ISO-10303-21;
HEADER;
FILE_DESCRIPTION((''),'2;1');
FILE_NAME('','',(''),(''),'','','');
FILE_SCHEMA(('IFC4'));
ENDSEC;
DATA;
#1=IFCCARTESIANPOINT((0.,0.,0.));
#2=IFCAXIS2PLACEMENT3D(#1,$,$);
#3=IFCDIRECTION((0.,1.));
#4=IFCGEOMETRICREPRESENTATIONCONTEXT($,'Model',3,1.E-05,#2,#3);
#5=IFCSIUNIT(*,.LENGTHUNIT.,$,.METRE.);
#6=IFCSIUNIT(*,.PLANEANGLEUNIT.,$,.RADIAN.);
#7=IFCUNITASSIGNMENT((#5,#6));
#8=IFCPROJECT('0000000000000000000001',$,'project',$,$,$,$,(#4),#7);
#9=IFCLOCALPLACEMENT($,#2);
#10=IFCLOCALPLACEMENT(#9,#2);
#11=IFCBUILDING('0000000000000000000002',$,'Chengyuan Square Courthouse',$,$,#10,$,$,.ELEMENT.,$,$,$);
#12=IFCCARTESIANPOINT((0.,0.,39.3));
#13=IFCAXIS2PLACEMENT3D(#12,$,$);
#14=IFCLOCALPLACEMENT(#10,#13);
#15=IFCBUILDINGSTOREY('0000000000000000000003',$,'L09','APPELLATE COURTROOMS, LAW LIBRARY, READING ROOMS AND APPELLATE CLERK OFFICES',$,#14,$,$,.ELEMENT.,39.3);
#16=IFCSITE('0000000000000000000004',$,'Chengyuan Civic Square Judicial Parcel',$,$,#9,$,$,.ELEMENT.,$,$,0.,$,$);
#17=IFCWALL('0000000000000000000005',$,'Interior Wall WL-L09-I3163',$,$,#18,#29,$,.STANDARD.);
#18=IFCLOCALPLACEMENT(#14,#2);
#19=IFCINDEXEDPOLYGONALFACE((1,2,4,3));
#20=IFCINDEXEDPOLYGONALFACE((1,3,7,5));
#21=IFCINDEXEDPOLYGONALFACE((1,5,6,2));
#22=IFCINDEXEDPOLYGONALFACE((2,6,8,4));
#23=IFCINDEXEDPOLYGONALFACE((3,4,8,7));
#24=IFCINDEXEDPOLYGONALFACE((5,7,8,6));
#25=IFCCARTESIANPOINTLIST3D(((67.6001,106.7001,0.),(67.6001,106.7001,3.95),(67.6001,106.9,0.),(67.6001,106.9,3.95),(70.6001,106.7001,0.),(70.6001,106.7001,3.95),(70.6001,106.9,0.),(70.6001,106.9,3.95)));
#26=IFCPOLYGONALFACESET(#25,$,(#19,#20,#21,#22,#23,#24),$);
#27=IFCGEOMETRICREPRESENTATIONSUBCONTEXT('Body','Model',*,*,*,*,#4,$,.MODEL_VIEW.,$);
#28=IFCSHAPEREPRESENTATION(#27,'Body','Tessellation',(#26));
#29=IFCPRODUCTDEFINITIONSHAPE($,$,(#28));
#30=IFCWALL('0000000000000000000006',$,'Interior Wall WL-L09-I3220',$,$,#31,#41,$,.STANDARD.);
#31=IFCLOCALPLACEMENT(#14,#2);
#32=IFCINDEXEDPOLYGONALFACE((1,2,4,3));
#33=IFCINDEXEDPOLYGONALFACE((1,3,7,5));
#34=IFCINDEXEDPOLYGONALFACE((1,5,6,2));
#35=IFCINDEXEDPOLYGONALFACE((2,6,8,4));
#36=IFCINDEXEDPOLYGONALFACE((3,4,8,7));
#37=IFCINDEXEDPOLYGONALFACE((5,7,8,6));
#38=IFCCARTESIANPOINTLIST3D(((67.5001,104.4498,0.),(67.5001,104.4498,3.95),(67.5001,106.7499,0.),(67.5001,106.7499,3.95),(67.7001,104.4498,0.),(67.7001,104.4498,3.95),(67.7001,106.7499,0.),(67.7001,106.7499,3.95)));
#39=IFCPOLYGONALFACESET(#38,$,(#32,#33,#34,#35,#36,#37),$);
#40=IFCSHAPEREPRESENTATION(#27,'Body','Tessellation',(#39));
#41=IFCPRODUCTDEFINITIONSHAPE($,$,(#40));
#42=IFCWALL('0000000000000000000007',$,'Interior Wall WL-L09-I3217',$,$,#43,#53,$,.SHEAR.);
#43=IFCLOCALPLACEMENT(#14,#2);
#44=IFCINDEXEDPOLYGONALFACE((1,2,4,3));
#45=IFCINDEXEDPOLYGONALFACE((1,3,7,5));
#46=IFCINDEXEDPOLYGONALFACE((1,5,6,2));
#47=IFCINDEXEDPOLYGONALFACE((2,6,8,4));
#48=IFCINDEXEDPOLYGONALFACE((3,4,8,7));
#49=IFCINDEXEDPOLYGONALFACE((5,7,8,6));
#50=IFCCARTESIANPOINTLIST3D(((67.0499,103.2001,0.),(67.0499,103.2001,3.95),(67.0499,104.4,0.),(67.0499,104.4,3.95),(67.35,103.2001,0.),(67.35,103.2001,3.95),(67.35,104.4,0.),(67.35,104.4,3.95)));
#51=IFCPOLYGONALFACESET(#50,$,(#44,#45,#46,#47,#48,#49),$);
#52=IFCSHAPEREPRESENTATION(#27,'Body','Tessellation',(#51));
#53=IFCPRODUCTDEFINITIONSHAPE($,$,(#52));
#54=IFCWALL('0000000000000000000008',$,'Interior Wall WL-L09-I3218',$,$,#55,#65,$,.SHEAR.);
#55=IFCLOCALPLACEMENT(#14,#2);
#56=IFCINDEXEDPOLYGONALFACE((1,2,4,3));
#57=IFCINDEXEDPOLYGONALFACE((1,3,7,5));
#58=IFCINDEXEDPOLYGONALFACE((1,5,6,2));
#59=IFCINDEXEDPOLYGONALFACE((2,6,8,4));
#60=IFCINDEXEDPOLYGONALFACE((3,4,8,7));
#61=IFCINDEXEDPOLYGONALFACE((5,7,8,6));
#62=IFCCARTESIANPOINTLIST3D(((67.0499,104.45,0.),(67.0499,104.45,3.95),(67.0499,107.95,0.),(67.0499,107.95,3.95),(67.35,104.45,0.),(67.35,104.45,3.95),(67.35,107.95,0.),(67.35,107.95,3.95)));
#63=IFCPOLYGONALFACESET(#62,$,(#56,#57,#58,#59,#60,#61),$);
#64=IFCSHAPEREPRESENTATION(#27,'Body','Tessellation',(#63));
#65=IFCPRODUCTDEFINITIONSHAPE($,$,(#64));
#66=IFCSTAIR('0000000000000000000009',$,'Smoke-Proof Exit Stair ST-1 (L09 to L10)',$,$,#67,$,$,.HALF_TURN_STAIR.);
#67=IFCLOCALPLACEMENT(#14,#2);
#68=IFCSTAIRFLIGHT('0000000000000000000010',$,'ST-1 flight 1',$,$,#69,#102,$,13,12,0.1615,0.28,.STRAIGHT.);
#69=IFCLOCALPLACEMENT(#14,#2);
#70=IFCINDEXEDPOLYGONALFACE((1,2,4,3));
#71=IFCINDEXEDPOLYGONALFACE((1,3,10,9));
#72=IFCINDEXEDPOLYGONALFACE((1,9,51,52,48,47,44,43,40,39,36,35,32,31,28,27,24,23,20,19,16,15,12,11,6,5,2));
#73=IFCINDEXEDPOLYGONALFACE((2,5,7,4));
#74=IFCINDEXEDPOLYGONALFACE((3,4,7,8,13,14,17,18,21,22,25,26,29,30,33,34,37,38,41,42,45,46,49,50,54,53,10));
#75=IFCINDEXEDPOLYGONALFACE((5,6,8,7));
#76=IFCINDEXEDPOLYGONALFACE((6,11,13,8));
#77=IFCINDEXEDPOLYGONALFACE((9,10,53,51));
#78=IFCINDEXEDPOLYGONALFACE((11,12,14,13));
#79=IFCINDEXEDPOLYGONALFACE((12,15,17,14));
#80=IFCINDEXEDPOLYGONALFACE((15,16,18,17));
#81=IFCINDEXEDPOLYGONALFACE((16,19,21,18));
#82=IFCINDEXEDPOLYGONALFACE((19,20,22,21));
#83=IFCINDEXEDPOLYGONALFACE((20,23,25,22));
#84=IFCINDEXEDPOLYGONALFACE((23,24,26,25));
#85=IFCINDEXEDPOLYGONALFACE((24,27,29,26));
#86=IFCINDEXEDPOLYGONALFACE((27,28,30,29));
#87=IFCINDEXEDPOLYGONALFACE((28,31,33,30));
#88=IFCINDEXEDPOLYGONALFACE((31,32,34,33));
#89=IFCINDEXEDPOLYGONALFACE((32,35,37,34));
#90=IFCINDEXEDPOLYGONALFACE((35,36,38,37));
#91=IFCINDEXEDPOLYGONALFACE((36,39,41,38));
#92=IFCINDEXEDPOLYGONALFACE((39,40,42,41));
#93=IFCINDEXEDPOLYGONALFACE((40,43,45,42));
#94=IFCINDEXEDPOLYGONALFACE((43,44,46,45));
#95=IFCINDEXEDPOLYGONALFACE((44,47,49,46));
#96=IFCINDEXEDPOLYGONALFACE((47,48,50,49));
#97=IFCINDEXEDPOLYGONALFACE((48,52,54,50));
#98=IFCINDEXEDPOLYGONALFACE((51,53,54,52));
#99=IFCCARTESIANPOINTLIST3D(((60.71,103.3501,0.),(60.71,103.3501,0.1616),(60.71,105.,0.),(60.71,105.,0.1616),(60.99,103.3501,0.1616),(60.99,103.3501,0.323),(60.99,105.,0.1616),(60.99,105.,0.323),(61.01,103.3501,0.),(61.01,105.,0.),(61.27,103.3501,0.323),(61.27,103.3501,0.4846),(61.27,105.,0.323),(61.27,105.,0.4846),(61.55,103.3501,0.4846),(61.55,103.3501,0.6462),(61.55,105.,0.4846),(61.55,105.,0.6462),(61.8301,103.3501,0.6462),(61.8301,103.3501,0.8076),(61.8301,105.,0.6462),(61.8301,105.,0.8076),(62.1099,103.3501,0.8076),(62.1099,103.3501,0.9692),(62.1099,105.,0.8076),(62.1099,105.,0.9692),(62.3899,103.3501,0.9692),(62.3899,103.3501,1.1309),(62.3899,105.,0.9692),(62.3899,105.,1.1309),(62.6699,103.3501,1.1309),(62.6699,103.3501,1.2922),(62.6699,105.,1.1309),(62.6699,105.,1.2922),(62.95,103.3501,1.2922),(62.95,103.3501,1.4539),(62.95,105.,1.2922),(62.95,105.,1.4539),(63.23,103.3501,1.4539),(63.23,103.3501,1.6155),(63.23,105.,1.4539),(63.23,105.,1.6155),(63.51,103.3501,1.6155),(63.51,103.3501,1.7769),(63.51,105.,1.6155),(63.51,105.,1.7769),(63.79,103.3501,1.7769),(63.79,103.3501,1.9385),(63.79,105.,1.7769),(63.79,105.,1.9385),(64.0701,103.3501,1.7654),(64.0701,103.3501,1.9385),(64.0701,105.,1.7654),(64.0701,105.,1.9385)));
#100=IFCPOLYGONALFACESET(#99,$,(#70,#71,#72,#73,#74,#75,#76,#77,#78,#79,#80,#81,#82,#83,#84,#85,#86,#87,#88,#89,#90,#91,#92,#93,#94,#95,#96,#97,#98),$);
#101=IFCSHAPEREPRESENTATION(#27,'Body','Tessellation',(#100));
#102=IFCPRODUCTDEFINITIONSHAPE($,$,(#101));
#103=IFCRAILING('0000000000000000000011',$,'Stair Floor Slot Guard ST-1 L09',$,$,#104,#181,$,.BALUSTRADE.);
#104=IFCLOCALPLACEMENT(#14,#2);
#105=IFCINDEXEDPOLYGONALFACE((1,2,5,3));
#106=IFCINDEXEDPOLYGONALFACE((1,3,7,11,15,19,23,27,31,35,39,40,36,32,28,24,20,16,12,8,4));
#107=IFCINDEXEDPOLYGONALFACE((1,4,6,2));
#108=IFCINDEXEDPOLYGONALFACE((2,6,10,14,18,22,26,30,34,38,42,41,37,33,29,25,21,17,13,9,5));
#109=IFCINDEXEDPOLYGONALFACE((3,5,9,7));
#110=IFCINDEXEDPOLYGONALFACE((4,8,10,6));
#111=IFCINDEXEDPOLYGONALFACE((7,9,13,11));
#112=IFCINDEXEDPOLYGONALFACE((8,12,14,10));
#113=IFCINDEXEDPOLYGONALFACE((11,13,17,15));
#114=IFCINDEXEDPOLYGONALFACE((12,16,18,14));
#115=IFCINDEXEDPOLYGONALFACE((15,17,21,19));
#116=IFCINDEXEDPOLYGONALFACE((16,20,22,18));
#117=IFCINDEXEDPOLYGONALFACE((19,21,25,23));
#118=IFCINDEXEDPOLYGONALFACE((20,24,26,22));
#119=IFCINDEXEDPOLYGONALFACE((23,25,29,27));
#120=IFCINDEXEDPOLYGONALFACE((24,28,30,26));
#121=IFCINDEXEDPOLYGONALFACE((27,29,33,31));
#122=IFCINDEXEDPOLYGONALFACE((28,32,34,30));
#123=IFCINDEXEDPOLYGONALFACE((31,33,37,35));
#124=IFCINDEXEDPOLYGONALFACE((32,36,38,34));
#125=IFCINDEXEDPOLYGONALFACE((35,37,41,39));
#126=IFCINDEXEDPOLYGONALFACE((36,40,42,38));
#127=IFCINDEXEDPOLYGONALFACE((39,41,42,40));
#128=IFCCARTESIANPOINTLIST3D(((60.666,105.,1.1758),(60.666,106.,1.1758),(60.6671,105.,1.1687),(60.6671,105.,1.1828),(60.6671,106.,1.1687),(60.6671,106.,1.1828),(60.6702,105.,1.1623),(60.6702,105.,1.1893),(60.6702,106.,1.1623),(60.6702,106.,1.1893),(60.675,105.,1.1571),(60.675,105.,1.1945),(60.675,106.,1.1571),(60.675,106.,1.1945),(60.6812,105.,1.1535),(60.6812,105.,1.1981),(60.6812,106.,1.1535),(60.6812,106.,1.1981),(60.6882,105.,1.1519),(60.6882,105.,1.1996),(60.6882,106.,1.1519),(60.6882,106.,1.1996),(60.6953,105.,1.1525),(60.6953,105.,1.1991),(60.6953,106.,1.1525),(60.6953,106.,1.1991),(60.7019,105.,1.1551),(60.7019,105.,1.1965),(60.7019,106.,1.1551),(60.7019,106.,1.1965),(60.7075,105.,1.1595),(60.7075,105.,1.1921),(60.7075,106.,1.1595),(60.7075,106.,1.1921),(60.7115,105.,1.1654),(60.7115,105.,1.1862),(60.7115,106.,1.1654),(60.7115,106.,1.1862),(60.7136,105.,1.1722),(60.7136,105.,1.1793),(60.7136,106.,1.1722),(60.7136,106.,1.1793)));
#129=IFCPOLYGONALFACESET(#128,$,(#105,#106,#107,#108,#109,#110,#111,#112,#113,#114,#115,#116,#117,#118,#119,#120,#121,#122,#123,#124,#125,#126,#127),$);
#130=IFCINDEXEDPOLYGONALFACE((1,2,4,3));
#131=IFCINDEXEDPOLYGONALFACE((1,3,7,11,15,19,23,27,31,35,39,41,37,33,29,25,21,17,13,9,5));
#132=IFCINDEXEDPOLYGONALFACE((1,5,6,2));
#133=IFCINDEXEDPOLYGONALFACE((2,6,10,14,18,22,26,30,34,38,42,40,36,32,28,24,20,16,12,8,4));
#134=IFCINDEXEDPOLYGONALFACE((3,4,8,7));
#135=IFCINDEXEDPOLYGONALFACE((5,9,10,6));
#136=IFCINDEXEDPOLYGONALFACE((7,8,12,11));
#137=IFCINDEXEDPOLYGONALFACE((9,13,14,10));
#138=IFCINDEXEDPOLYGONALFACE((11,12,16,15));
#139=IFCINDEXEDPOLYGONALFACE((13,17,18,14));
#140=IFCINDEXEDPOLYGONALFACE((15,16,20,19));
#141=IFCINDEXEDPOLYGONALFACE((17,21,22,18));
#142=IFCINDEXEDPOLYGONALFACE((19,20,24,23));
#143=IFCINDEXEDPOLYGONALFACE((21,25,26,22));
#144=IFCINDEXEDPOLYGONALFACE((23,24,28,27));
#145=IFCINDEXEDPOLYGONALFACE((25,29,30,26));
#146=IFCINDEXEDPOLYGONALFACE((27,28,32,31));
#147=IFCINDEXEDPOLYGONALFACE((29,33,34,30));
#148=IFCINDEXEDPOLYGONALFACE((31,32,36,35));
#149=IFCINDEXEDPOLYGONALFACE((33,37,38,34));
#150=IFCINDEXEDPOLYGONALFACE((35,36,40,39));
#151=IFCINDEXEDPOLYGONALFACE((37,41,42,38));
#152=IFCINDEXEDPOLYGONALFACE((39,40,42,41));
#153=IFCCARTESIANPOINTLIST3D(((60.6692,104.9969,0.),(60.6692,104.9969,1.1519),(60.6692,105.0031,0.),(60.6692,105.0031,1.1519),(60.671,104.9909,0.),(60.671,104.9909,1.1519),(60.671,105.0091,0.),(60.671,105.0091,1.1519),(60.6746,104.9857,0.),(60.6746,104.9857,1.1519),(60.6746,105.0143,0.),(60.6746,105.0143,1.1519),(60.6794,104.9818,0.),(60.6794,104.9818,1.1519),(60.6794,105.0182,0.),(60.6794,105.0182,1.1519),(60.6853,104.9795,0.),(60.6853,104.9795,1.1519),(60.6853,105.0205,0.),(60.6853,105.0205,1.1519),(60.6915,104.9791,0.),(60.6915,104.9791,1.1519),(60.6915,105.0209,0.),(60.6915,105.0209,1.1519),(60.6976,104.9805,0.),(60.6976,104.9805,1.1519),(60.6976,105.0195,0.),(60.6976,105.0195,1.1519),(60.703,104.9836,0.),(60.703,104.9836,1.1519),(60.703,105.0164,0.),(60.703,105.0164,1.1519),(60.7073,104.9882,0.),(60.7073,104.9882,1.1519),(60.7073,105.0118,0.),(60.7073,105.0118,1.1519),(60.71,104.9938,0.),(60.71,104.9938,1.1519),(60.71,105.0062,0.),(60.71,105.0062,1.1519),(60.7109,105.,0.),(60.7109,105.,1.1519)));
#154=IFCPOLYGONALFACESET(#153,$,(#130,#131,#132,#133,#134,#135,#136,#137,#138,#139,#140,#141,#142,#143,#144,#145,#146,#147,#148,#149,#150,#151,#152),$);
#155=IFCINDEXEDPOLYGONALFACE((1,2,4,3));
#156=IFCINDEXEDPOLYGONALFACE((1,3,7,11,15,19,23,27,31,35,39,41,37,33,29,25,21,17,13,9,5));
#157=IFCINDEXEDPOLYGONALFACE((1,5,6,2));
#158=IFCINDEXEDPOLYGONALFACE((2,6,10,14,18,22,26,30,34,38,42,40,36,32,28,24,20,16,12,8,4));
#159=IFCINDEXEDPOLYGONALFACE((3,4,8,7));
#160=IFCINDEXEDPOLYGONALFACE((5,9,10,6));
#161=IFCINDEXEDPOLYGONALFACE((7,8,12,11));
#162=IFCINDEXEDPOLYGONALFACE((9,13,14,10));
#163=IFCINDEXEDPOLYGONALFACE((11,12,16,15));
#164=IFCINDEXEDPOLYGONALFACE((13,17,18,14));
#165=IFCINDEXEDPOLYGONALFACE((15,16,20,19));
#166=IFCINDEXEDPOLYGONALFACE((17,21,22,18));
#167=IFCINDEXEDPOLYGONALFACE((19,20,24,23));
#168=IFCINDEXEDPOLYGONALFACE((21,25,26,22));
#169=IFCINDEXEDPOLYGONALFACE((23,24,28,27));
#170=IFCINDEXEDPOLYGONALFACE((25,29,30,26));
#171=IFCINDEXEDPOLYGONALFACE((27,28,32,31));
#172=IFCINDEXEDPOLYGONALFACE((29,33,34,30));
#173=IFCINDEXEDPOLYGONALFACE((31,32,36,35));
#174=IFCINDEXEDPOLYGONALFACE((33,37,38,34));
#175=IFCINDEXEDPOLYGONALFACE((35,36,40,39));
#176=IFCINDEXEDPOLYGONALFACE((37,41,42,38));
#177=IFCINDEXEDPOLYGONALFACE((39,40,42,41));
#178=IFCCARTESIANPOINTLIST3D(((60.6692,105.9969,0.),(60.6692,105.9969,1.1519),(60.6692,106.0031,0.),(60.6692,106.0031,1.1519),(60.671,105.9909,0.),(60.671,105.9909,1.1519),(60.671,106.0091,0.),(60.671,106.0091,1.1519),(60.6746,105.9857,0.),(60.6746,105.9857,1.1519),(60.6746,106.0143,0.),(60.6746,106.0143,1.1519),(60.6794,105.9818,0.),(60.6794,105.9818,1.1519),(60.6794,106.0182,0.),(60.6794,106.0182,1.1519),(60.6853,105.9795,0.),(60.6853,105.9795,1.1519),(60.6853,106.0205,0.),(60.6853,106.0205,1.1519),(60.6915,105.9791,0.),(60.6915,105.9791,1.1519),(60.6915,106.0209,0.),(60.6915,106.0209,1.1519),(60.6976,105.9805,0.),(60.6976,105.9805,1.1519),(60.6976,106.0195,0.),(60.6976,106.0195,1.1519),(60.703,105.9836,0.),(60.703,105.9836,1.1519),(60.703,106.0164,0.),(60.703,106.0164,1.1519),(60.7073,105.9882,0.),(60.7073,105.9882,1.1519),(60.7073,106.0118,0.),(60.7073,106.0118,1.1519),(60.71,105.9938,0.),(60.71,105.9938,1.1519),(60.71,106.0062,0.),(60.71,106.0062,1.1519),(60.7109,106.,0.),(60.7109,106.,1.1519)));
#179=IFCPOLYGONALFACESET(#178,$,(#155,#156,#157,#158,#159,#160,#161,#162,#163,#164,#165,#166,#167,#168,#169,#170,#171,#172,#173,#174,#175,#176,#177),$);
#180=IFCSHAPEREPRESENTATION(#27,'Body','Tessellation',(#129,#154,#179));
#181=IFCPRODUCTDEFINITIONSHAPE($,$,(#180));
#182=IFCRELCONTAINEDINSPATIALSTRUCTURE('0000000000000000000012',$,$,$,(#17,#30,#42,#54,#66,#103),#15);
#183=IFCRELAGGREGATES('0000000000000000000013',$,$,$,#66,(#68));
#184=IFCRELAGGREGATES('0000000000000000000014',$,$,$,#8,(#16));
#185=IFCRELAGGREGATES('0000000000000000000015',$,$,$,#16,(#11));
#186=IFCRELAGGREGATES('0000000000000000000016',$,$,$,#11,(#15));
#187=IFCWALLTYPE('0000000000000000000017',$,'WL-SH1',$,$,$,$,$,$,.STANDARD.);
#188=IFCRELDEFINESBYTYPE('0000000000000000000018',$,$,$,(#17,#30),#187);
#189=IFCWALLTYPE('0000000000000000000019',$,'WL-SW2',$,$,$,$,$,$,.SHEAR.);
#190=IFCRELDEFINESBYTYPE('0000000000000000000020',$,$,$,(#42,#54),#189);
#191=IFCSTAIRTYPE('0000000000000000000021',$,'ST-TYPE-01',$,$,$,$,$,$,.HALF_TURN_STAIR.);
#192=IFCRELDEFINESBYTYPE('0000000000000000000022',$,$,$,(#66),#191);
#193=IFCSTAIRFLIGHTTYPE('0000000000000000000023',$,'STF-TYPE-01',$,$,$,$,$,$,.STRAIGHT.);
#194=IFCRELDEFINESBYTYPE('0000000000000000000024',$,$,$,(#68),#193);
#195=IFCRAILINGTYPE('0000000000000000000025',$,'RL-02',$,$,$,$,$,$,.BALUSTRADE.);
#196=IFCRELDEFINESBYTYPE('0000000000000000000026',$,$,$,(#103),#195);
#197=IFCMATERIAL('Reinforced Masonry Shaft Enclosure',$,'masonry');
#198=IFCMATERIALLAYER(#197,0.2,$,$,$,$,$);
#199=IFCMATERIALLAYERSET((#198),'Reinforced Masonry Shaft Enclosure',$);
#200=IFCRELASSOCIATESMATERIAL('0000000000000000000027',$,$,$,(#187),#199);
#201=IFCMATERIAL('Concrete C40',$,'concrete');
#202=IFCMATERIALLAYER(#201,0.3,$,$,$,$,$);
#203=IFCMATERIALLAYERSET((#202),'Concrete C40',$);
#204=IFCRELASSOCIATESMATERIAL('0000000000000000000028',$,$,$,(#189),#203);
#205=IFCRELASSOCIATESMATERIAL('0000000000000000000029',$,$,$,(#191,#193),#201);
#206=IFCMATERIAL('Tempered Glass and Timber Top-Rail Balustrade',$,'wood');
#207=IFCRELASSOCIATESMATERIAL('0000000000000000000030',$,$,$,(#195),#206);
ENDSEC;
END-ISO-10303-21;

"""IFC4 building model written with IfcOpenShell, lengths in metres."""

from ifc_helpers import new_model, si_unit, direction, frame, frame_2d, origin, origin_2d, place, context, subcontext, project, spatial, polyline, rectangle, circle, outline, extrude, material, layer, layer_set, type_object, element, aggregate, save


model = new_model("IFC4")

# Units and contexts
model_context = context("Model", 3, precision=1e-05, world=origin(), true_north=direction((0.0, 1.0)))
body_context = subcontext(model_context, "Body", "Model", "MODEL_VIEW")
ifc_project = project(units=[si_unit("LENGTHUNIT", "METRE"), si_unit("PLANEANGLEUNIT", "RADIAN")], contexts=[model_context])

# Site, building, storey
site_placement = place(None, origin())
site = spatial("IfcSite", under=ifc_project, at=site_placement, Name="Chengyuan Civic Square Judicial Parcel", CompositionType="ELEMENT", RefElevation=0.0)
building_placement = place(site_placement, origin())
building = spatial("IfcBuilding", under=site, at=building_placement, Name="Chengyuan Square Courthouse", CompositionType="ELEMENT")
storey_placement = place(building_placement, frame((0.0, 0.0, 39.3)))
storey = spatial("IfcBuildingStorey", under=building, at=storey_placement, Name="L09", Description="APPELLATE COURTROOMS, LAW LIBRARY, READING ROOMS AND APPELLATE CLERK OFFICES", CompositionType="ELEMENT", Elevation=39.3)

# Shared definitions
ifc_material_1 = material(Name="Concrete C40", Category="concrete")
ifc_material_2 = material(Name="Reinforced Masonry Shaft Enclosure", Category="masonry")
ifc_layer_1 = layer(ifc_material_2, 0.2)
ifc_layer_set_1 = layer_set([ifc_layer_1], Name="Reinforced Masonry Shaft Enclosure")
wall_type_1 = type_object("IfcWallType", Name="WL-SH1", PredefinedType="STANDARD", material=ifc_layer_set_1)

# Walls
wall_1_placement = place(storey_placement, frame((67.6001, 106.8, 0.0), z_axis=(0.0, 0.0, 1.0), x_axis=(1.0, 0.0, 0.0)))
element("IfcWall", 1, at=wall_1_placement, inside=storey, type_object=wall_type_1, Name="Interior Wall WL-L09-I3163", PredefinedType="STANDARD", context=body_context, shape_type="SweptSolid", body=[
    extrude(rectangle(XDim=3.0, YDim=0.2, at=frame_2d((1.5, 0.0))), origin(), (0.0, 0.0, 1.0), 3.95),
])
wall_2_placement = place(storey_placement, frame((67.6001, 104.45, 0.0), z_axis=(0.0, 0.0, 1.0), x_axis=(0.0, 1.0, 0.0)))
element("IfcWall", 2, at=wall_2_placement, inside=storey, type_object=wall_type_1, Name="Interior Wall WL-L09-I3220", PredefinedType="STANDARD", context=body_context, shape_type="SweptSolid", body=[
    extrude(rectangle(XDim=2.3, YDim=0.2, at=frame_2d((1.1499, 0.0))), origin(), (0.0, 0.0, 1.0), 3.95),
])
ifc_layer_2 = layer(ifc_material_1, 0.3)
ifc_layer_set_2 = layer_set([ifc_layer_2], Name="Concrete C40")
wall_type_2 = type_object("IfcWallType", Name="WL-SW2", PredefinedType="SHEAR", material=ifc_layer_set_2)
wall_3_placement = place(storey_placement, frame((67.2, 103.2, 0.0), z_axis=(0.0, 0.0, 1.0), x_axis=(0.0, 1.0, 0.0)))
element("IfcWall", 3, at=wall_3_placement, inside=storey, type_object=wall_type_2, Name="Interior Wall WL-L09-I3217", PredefinedType="SHEAR", context=body_context, shape_type="SweptSolid", body=[
    extrude(rectangle(XDim=1.2, YDim=0.3, at=frame_2d((0.6001, 0.0))), origin(), (0.0, 0.0, 1.0), 3.95),
])
wall_4_placement = place(storey_placement, frame((67.2, 104.45, 0.0), z_axis=(0.0, 0.0, 1.0), x_axis=(0.0, 1.0, 0.0)))
element("IfcWall", 4, at=wall_4_placement, inside=storey, type_object=wall_type_2, Name="Interior Wall WL-L09-I3218", PredefinedType="SHEAR", context=body_context, shape_type="SweptSolid", body=[
    extrude(rectangle(XDim=3.5, YDim=0.3, at=frame_2d((1.75, 0.0))), origin(), (0.0, 0.0, 1.0), 3.95),
])

# Stair, stair flight
stair_type = type_object("IfcStairType", Name="ST-TYPE-01", PredefinedType="HALF_TURN_STAIR", material=ifc_material_1)
stair_placement = place(storey_placement, origin())
stair = element("IfcStair", 5, at=stair_placement, inside=storey, type_object=stair_type, Name="Smoke-Proof Exit Stair ST-1 (L09 to L10)", PredefinedType="HALF_TURN_STAIR")
stair_flight_type = type_object("IfcStairFlightType", Name="STF-TYPE-01", PredefinedType="STRAIGHT", material=ifc_material_1)
stair_flight_placement = place(storey_placement, frame((60.71, 104.175, 0.0), z_axis=(0.0, 0.0, 1.0), x_axis=(1.0, 0.0, 0.0)))
stair_flight = element("IfcStairFlight", 6, at=stair_flight_placement, type_object=stair_flight_type, Name="ST-1 flight 1", NumberOfRisers=13, NumberOfTreads=12, PredefinedType="STRAIGHT", RiserHeight=0.1615, TreadLength=0.28, context=body_context, shape_type="SweptSolid", body=[
    extrude(outline(polyline([(0.0, 0.0), (0.0, 0.1616), (0.28, 0.1616), (0.28, 0.323), (0.5601, 0.323), (0.5601, 0.4846), (0.8401, 0.4846), (0.8401, 0.6462), (1.1201, 0.6462), (1.1201, 0.8076), (1.3999, 0.8076), (1.3999, 0.9692), (1.6799, 0.9692), (1.6799, 1.1309), (1.96, 1.1309), (1.96, 1.2922), (2.24, 1.2922), (2.24, 1.4539), (2.52, 1.4539), (2.52, 1.6155), (2.8, 1.6155), (2.8, 1.7769), (3.0801, 1.7769), (3.0801, 1.9385), (3.3601, 1.9385), (3.3601, 2.1001), (3.3601, 1.7654), (0.3, 0.0), (0.0, 0.0)])), frame((0.0, 0.825, 0.0), z_axis=(0.0, -1.0, 0.0), x_axis=(1.0, 0.0, 0.0)), (0.0, 0.0, 1.0), 1.6499),
])
aggregate(stair, [stair_flight])

# Railing
ifc_material_3 = material(Name="Tempered Glass and Timber Top-Rail Balustrade", Category="wood")
railing_type_1 = type_object("IfcRailingType", Name="RL-02", PredefinedType="BALUSTRADE", material=ifc_material_3)
for number, where, name in (
    (7, (60.6899, 105.0, 0.0), "Stair Floor Slot Guard ST-1 L09"),
):
    element("IfcRailing", number, at=place(storey_placement, frame(where)), inside=storey, type_object=railing_type_1, Name=name, PredefinedType="BALUSTRADE", context=body_context, shape_type="SweptSolid", body=[
        extrude(circle(Radius=0.0239, at=origin_2d()), frame((0.0, 0.0, 1.1758), z_axis=(0.0, 1.0, 0.0), x_axis=(-1.0, 0.0, 0.0)), (0.0, 0.0, 1.0), 1.0),
        extrude(circle(Radius=0.021, at=origin_2d()), origin(), (0.0, 0.0, 1.0), 1.1519),
        extrude(circle(Radius=0.021, at=origin_2d()), frame((0.0, 1.0, 0.0)), (0.0, 0.0, 1.0), 1.1519),
    ])

save(model, "model.ifc")
